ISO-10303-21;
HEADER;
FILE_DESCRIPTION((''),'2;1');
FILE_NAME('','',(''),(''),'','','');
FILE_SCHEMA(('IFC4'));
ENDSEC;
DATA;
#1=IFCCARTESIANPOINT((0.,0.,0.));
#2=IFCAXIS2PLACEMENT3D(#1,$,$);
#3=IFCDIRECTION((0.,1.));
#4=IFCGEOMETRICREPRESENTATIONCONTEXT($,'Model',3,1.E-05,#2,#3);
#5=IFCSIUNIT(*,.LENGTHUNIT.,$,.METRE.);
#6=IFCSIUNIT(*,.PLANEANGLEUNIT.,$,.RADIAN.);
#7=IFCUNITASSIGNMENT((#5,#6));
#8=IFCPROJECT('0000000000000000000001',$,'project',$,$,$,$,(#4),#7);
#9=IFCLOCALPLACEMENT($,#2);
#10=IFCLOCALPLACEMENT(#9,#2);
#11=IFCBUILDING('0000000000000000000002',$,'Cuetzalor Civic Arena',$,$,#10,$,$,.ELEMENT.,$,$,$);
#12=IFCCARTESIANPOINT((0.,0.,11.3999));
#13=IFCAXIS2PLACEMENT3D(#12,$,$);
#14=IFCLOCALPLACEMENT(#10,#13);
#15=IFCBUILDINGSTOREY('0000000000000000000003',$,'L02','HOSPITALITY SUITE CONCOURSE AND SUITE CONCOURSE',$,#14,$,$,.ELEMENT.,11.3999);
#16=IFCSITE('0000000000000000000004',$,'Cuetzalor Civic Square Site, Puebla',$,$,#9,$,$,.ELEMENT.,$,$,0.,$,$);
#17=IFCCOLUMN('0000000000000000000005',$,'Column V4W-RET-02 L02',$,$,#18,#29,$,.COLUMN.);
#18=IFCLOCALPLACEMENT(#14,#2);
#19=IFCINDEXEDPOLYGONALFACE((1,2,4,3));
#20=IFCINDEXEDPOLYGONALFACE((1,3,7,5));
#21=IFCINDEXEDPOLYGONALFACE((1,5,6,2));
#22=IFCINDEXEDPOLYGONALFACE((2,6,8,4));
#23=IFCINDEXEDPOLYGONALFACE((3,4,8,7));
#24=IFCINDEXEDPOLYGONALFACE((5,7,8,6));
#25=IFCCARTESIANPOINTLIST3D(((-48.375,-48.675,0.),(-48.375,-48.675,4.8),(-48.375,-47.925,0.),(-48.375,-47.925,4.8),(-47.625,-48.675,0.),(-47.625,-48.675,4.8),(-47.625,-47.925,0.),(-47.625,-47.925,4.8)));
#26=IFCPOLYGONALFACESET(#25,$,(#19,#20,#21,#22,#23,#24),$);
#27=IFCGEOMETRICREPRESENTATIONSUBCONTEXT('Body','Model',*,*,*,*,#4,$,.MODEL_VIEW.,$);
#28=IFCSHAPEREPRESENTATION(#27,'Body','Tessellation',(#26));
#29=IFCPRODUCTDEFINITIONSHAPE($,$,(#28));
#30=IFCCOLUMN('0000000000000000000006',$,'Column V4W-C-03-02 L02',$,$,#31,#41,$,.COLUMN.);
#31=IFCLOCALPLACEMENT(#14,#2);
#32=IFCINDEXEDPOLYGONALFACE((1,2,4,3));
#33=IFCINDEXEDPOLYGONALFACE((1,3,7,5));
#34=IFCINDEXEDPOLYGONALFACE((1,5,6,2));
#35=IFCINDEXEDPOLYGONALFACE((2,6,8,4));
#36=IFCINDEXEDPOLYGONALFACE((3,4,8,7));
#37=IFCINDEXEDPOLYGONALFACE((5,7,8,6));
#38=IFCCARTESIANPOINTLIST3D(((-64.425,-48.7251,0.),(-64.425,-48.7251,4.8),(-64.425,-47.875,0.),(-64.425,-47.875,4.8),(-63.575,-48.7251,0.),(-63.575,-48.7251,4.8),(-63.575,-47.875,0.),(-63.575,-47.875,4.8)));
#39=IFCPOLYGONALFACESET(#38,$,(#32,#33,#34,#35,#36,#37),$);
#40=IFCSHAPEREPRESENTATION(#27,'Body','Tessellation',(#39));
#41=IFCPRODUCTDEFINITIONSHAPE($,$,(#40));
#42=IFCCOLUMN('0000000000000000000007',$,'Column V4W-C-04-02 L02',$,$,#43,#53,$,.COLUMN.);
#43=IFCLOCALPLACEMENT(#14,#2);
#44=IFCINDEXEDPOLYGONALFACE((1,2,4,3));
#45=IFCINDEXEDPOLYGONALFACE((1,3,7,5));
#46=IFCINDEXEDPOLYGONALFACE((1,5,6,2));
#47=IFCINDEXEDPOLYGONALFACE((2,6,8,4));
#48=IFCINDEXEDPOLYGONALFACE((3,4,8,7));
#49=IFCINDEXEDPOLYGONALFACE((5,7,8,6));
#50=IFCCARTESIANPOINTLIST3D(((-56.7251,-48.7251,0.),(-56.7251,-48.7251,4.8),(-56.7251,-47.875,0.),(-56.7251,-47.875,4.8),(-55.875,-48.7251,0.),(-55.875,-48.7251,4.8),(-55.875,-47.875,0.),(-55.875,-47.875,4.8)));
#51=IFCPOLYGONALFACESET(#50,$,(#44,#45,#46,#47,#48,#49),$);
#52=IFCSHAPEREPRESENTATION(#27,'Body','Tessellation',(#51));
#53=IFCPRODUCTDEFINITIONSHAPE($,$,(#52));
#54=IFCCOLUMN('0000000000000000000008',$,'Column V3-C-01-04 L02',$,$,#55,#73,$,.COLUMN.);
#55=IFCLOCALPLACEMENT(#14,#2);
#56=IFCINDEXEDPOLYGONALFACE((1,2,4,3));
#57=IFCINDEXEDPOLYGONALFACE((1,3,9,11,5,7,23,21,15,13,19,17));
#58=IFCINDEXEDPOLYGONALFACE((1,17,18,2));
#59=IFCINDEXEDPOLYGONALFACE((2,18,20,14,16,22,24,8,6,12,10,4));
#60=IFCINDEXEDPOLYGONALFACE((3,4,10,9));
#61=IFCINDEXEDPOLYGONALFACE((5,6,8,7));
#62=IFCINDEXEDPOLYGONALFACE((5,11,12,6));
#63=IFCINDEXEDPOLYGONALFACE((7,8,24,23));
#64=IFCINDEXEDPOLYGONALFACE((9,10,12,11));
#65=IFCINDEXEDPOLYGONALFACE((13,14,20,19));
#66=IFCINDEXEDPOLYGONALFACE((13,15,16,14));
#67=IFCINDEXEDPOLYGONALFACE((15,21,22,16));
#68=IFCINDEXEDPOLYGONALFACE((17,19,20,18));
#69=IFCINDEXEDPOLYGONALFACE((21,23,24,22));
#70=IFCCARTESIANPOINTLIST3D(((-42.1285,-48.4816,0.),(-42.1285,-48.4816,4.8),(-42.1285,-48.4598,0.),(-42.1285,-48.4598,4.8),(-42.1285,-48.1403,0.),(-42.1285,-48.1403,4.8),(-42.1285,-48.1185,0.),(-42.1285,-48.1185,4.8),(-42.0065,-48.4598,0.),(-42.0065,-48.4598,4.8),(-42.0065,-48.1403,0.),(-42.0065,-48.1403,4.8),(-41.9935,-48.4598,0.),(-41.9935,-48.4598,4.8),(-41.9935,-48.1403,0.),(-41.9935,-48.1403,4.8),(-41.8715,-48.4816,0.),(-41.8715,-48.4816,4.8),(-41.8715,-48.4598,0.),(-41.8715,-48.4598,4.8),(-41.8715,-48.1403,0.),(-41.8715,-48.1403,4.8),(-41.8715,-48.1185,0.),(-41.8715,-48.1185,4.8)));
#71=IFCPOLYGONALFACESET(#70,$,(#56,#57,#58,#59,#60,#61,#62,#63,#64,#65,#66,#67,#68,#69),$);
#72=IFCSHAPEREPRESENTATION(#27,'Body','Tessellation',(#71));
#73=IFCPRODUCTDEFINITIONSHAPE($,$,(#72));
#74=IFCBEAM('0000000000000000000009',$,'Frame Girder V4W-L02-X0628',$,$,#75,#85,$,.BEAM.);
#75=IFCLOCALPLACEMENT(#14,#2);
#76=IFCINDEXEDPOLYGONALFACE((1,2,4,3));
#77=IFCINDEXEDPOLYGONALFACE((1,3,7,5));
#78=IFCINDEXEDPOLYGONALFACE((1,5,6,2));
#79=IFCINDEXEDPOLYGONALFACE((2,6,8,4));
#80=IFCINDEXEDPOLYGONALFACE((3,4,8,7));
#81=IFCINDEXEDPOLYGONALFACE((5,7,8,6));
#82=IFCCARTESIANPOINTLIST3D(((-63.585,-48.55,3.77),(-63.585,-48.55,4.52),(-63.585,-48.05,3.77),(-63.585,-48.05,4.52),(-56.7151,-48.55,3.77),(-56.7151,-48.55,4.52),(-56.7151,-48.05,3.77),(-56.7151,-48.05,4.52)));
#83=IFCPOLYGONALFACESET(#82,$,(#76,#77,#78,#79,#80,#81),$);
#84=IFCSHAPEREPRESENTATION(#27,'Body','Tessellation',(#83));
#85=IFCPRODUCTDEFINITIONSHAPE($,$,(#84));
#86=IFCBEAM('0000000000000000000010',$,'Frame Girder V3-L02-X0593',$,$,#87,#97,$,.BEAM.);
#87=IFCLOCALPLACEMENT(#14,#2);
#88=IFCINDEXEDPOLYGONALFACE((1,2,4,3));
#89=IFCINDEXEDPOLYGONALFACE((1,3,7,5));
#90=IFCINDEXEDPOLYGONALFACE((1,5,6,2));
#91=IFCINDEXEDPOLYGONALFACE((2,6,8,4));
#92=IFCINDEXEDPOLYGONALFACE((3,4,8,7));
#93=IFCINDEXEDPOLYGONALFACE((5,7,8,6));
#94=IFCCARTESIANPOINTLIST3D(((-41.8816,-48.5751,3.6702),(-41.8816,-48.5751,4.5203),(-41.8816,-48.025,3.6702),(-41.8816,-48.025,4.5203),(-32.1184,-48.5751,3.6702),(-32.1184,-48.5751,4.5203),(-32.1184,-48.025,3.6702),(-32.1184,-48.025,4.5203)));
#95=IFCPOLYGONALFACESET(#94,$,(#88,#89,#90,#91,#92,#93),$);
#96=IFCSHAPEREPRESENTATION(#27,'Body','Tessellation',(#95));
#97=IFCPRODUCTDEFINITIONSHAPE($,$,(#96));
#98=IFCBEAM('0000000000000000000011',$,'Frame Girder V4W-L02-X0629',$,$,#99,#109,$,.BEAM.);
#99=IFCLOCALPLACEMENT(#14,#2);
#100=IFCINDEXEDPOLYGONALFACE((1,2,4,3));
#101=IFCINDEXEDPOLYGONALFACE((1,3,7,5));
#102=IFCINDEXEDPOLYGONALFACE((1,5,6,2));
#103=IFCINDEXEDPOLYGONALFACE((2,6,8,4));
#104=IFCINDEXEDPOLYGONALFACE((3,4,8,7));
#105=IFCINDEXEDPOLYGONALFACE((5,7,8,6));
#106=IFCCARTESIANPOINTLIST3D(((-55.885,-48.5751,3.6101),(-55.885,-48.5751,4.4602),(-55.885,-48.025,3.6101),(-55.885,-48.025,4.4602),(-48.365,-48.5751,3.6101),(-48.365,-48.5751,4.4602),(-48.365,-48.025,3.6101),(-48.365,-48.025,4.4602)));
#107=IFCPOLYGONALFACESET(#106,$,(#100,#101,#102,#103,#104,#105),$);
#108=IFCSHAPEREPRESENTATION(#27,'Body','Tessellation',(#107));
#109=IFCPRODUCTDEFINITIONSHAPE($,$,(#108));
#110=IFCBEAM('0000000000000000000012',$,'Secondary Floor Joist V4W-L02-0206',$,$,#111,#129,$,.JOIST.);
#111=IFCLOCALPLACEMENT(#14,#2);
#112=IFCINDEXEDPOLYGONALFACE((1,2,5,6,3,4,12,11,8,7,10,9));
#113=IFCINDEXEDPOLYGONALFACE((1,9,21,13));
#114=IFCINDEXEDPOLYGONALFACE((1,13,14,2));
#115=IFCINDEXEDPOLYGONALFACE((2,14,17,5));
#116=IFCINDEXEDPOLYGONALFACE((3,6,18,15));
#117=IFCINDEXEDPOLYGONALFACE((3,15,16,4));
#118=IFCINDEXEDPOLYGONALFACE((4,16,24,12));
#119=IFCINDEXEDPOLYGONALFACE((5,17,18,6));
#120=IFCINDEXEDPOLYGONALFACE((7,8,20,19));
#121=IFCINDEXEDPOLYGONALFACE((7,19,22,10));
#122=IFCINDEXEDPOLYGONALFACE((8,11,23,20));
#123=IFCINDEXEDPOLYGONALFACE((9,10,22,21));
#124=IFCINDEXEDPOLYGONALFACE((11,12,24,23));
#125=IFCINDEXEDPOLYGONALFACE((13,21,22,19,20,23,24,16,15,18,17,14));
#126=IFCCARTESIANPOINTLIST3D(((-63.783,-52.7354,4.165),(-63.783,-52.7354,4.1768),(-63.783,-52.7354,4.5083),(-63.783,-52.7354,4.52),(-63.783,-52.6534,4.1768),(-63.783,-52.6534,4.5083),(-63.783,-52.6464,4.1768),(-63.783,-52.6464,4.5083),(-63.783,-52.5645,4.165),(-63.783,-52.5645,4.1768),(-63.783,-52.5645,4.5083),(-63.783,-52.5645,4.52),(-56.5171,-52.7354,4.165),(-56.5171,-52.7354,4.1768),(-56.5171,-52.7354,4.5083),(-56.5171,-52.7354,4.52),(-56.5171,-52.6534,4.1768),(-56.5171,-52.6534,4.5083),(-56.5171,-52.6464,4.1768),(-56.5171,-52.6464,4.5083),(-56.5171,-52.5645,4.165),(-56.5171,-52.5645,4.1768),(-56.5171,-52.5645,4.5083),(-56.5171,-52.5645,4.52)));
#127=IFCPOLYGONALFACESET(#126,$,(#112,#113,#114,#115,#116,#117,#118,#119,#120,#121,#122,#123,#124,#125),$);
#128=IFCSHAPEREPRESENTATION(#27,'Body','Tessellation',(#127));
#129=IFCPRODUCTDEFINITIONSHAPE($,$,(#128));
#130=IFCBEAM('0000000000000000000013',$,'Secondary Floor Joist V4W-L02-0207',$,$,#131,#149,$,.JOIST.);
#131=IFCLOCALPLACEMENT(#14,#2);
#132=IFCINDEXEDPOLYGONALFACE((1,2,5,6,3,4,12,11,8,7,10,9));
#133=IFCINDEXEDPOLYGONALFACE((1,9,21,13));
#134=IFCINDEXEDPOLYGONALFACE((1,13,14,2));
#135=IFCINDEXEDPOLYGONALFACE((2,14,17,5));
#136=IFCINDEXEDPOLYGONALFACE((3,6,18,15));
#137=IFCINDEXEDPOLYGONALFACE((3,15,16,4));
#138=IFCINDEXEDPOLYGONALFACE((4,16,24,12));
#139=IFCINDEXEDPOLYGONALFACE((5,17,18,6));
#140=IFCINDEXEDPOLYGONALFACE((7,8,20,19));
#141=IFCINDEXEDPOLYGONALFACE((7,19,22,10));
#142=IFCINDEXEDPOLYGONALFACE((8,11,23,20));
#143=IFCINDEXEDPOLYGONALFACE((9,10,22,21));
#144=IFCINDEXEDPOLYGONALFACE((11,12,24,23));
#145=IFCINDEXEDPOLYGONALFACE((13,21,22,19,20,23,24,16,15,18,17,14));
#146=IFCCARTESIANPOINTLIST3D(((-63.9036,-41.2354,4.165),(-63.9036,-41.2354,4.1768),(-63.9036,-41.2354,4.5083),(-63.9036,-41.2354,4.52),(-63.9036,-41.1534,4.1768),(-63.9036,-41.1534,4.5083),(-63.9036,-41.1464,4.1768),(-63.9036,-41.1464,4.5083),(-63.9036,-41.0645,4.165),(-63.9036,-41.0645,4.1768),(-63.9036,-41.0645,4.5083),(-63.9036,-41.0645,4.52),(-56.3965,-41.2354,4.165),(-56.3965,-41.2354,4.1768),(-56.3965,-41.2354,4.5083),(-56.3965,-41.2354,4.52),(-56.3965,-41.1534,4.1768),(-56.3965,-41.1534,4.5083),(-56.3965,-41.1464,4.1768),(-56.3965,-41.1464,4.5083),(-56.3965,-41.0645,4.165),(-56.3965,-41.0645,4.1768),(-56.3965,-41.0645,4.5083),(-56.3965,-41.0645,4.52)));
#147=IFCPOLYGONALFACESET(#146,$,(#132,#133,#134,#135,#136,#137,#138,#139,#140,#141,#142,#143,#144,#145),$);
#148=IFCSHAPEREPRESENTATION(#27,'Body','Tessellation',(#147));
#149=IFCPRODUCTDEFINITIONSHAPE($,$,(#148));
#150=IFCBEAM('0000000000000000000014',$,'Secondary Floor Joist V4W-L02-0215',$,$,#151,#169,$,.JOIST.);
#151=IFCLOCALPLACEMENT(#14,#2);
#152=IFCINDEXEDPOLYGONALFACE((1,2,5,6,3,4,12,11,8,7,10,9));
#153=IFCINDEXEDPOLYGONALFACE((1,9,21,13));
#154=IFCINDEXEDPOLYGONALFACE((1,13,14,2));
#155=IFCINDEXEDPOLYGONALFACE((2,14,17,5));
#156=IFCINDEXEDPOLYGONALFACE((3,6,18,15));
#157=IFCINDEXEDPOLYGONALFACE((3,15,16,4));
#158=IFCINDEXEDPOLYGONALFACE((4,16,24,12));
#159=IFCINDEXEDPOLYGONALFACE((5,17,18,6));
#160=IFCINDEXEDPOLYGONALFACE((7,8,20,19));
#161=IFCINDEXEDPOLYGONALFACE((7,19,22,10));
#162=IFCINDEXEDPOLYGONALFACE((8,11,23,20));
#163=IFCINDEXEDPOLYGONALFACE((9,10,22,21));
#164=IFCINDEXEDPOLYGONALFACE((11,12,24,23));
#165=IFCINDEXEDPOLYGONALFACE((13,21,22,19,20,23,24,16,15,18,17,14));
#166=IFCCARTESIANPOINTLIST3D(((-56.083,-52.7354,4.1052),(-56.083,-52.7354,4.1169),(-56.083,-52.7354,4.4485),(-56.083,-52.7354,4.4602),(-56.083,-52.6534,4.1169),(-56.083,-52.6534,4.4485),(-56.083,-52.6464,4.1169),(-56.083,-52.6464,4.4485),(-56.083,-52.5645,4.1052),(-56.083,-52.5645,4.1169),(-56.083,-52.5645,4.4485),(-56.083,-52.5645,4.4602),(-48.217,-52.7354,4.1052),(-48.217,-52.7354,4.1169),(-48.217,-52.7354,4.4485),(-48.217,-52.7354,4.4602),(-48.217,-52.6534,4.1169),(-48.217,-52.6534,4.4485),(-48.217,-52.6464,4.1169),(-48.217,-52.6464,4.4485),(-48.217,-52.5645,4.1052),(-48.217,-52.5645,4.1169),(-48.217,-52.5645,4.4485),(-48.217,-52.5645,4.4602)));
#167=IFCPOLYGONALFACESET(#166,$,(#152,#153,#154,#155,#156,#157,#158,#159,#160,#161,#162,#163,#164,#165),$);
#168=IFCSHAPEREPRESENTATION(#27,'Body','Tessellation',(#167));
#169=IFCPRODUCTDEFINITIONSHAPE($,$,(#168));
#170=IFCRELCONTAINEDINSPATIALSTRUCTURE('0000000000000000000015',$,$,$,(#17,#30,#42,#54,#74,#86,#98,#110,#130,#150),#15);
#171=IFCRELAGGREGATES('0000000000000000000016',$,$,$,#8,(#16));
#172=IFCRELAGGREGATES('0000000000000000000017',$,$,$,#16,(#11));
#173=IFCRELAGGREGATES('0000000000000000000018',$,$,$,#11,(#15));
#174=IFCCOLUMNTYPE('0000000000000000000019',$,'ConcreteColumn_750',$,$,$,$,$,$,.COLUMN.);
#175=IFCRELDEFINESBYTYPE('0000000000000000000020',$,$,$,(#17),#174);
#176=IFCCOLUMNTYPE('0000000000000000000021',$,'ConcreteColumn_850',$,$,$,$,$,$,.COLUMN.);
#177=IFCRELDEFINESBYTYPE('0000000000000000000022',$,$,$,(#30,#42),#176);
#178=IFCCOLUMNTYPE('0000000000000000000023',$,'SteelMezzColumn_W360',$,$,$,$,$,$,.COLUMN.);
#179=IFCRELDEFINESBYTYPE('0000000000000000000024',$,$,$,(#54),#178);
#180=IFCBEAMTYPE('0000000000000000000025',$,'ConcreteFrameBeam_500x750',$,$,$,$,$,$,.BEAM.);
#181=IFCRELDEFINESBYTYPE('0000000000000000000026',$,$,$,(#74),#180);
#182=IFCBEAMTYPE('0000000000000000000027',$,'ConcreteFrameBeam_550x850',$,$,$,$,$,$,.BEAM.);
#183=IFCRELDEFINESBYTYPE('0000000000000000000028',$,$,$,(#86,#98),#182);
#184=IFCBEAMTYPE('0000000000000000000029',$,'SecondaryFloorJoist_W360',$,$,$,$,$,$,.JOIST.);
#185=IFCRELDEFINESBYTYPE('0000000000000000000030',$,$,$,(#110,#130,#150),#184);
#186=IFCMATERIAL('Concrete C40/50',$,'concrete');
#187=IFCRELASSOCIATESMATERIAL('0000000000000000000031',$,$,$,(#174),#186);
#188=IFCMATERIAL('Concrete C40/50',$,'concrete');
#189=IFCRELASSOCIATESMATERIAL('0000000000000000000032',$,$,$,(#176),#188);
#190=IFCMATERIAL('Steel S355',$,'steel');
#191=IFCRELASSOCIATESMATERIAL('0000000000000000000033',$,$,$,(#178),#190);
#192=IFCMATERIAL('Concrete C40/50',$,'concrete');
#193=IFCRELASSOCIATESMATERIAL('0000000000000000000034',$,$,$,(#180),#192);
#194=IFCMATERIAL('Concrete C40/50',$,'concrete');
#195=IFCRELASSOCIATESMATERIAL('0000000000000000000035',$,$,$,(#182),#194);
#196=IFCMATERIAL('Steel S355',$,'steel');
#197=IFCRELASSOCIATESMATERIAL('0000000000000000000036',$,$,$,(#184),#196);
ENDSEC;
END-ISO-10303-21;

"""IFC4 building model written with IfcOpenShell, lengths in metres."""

from ifc_helpers import new_model, si_unit, direction, frame, origin, origin_2d, place, context, subcontext, project, spatial, rectangle, i_section, extrude, material, material_profile, profile_set, type_object, element, save


model = new_model("IFC4")

# Units and contexts
model_context = context("Model", 3, precision=1e-05, world=origin(), true_north=direction((0.0, 1.0)))
body_context = subcontext(model_context, "Body", "Model", "MODEL_VIEW")
ifc_project = project(units=[si_unit("LENGTHUNIT", "METRE"), si_unit("PLANEANGLEUNIT", "RADIAN")], contexts=[model_context])

# Site, building, storey
site_placement = place(None, origin())
site = spatial("IfcSite", under=ifc_project, at=site_placement, Name="Cuetzalor Civic Square Site, Puebla", CompositionType="ELEMENT", RefElevation=0.0)
building_placement = place(site_placement, origin())
building = spatial("IfcBuilding", under=site, at=building_placement, Name="Cuetzalor Civic Arena", CompositionType="ELEMENT")
storey_placement = place(building_placement, frame((0.0, 0.0, 11.3999)))
storey = spatial("IfcBuildingStorey", under=building, at=storey_placement, Name="L02", Description="HOSPITALITY SUITE CONCOURSE AND SUITE CONCOURSE", CompositionType="ELEMENT", Elevation=11.3999)

# Columns
ifc_material_1 = material(Name="Concrete C40/50", Category="concrete")
ifc_material_profile_1 = material_profile(ifc_material_1, rectangle(XDim=0.75, YDim=0.75, at=origin_2d()), Name="RC 750x750")
ifc_profile_set_1 = profile_set([ifc_material_profile_1], Name="Concrete C40/50")
column_type_1 = type_object("IfcColumnType", Name="ConcreteColumn_750", PredefinedType="COLUMN", material=ifc_profile_set_1)
column_1_placement = place(storey_placement, frame((-48.0, -48.3, 0.0), z_axis=(0.0, 0.0, 1.0), x_axis=(1.0, 0.0, 0.0)))
element("IfcColumn", 1, at=column_1_placement, inside=storey, type_object=column_type_1, Name="Column V4W-RET-02 L02", PredefinedType="COLUMN", context=body_context, shape_type="SweptSolid", body=[
    extrude(rectangle(XDim=0.75, YDim=0.75, at=origin_2d()), origin(), (0.0, 0.0, 1.0), 4.8),
])
ifc_material_2 = material(Name="Concrete C40/50", Category="concrete")
ifc_material_profile_2 = material_profile(ifc_material_2, rectangle(XDim=0.8501, YDim=0.8501, at=origin_2d()), Name="RC 850x850")
ifc_profile_set_2 = profile_set([ifc_material_profile_2], Name="Concrete C40/50")
column_type_2 = type_object("IfcColumnType", Name="ConcreteColumn_850", PredefinedType="COLUMN", material=ifc_profile_set_2)
for number, where, z_axis, x_axis, name in (
    (2, (-64.0, -48.3, 0.0), (0.0, 0.0, 1.0), (1.0, 0.0, 0.0), "Column V4W-C-03-02 L02"),
    (3, (-56.3, -48.3, 0.0), (0.0, 0.0, 1.0), (1.0, 0.0, 0.0), "Column V4W-C-04-02 L02"),
):
    element("IfcColumn", number, at=place(storey_placement, frame(where, z_axis=z_axis, x_axis=x_axis)), inside=storey, type_object=column_type_2, Name=name, PredefinedType="COLUMN", context=body_context, shape_type="SweptSolid", body=[
        extrude(rectangle(XDim=0.8501, YDim=0.8501, at=origin_2d()), origin(), (0.0, 0.0, 1.0), 4.8),
    ])
ifc_material_3 = material(Name="Steel S355", Category="steel")
ifc_material_profile_3 = material_profile(ifc_material_3, i_section(OverallWidth=0.2571, OverallDepth=0.363, WebThickness=0.0129, FlangeThickness=0.0217, at=origin_2d()), Name="W360x122")
ifc_profile_set_3 = profile_set([ifc_material_profile_3], Name="Steel S355")
column_type_3 = type_object("IfcColumnType", Name="SteelMezzColumn_W360", PredefinedType="COLUMN", material=ifc_profile_set_3)
column_2_placement = place(storey_placement, frame((-42.0, -48.3, 0.0), z_axis=(0.0, 0.0, 1.0), x_axis=(1.0, 0.0, 0.0)))
element("IfcColumn", 4, at=column_2_placement, inside=storey, type_object=column_type_3, Name="Column V3-C-01-04 L02", PredefinedType="COLUMN", context=body_context, shape_type="SweptSolid", body=[
    extrude(i_section(OverallWidth=0.2571, OverallDepth=0.363, WebThickness=0.0129, FlangeThickness=0.0217, at=origin_2d()), origin(), (0.0, 0.0, 1.0), 4.8),
])

# Beams
ifc_material_4 = material(Name="Concrete C40/50", Category="concrete")
ifc_material_profile_4 = material_profile(ifc_material_4, rectangle(XDim=0.5, YDim=0.75, at=origin_2d()), Name="RC 500x750")
ifc_profile_set_4 = profile_set([ifc_material_profile_4], Name="Concrete C40/50")
beam_type_1 = type_object("IfcBeamType", Name="ConcreteFrameBeam_500x750", PredefinedType="BEAM", material=ifc_profile_set_4)
beam_1_placement = place(storey_placement, frame((-63.585, -48.3, 4.145), z_axis=(1.0, 0.0, 0.0), x_axis=(0.0, 1.0, 0.0)))
element("IfcBeam", 5, at=beam_1_placement, inside=storey, type_object=beam_type_1, Name="Frame Girder V4W-L02-X0628", PredefinedType="BEAM", context=body_context, shape_type="SweptSolid", body=[
    extrude(rectangle(XDim=0.5, YDim=0.75, at=origin_2d()), origin(), (0.0, 0.0, 1.0), 6.8699),
])
ifc_material_5 = material(Name="Concrete C40/50", Category="concrete")
ifc_material_profile_5 = material_profile(ifc_material_5, rectangle(XDim=0.55, YDim=0.8501, at=origin_2d()), Name="RC 550x850")
ifc_profile_set_5 = profile_set([ifc_material_profile_5], Name="Concrete C40/50")
beam_type_2 = type_object("IfcBeamType", Name="ConcreteFrameBeam_550x850", PredefinedType="BEAM", material=ifc_profile_set_5)
beam_2_placement = place(storey_placement, frame((-41.8816, -48.3, 4.0952), z_axis=(1.0, 0.0, 0.0), x_axis=(0.0, 1.0, 0.0)))
element("IfcBeam", 6, at=beam_2_placement, inside=storey, type_object=beam_type_2, Name="Frame Girder V3-L02-X0593", PredefinedType="BEAM", context=body_context, shape_type="SweptSolid", body=[
    extrude(rectangle(XDim=0.55, YDim=0.8501, at=origin_2d()), origin(), (0.0, 0.0, 1.0), 9.7632),
])
beam_3_placement = place(storey_placement, frame((-55.885, -48.3, 4.0352), z_axis=(1.0, 0.0, 0.0), x_axis=(0.0, 1.0, 0.0)))
element("IfcBeam", 7, at=beam_3_placement, inside=storey, type_object=beam_type_2, Name="Frame Girder V4W-L02-X0629", PredefinedType="BEAM", context=body_context, shape_type="SweptSolid", body=[
    extrude(rectangle(XDim=0.55, YDim=0.8501, at=origin_2d()), origin(), (0.0, 0.0, 1.0), 7.52),
])
ifc_material_6 = material(Name="Steel S355", Category="steel")
ifc_material_profile_6 = material_profile(ifc_material_6, i_section(OverallWidth=0.1709, OverallDepth=0.355, WebThickness=0.0071, FlangeThickness=0.0117, at=origin_2d()), Name="W360x51")
ifc_profile_set_6 = profile_set([ifc_material_profile_6], Name="Steel S355")
beam_type_3 = type_object("IfcBeamType", Name="SecondaryFloorJoist_W360", PredefinedType="JOIST", material=ifc_profile_set_6)
beam_4_placement = place(storey_placement, frame((-63.783, -52.6499, 4.3425), z_axis=(1.0, 0.0, 0.0), x_axis=(0.0, 1.0, 0.0)))
element("IfcBeam", 8, at=beam_4_placement, inside=storey, type_object=beam_type_3, Name="Secondary Floor Joist V4W-L02-0206", PredefinedType="JOIST", context=body_context, shape_type="SweptSolid", body=[
    extrude(i_section(OverallWidth=0.1709, OverallDepth=0.355, WebThickness=0.0071, FlangeThickness=0.0117, at=origin_2d()), origin(), (0.0, 0.0, 1.0), 7.2659),
])
beam_5_placement = place(storey_placement, frame((-63.9036, -41.1499, 4.3425), z_axis=(1.0, 0.0, 0.0), x_axis=(0.0, 1.0, 0.0)))
element("IfcBeam", 9, at=beam_5_placement, inside=storey, type_object=beam_type_3, Name="Secondary Floor Joist V4W-L02-0207", PredefinedType="JOIST", context=body_context, shape_type="SweptSolid", body=[
    extrude(i_section(OverallWidth=0.1709, OverallDepth=0.355, WebThickness=0.0071, FlangeThickness=0.0117, at=origin_2d()), origin(), (0.0, 0.0, 1.0), 7.5071),
])
beam_6_placement = place(storey_placement, frame((-56.083, -52.6499, 4.2827), z_axis=(1.0, 0.0, 0.0), x_axis=(0.0, 1.0, 0.0)))
element("IfcBeam", 10, at=beam_6_placement, inside=storey, type_object=beam_type_3, Name="Secondary Floor Joist V4W-L02-0215", PredefinedType="JOIST", context=body_context, shape_type="SweptSolid", body=[
    extrude(i_section(OverallWidth=0.1709, OverallDepth=0.355, WebThickness=0.0071, FlangeThickness=0.0117, at=origin_2d()), origin(), (0.0, 0.0, 1.0), 7.866),
])

save(model, "model.ifc")
